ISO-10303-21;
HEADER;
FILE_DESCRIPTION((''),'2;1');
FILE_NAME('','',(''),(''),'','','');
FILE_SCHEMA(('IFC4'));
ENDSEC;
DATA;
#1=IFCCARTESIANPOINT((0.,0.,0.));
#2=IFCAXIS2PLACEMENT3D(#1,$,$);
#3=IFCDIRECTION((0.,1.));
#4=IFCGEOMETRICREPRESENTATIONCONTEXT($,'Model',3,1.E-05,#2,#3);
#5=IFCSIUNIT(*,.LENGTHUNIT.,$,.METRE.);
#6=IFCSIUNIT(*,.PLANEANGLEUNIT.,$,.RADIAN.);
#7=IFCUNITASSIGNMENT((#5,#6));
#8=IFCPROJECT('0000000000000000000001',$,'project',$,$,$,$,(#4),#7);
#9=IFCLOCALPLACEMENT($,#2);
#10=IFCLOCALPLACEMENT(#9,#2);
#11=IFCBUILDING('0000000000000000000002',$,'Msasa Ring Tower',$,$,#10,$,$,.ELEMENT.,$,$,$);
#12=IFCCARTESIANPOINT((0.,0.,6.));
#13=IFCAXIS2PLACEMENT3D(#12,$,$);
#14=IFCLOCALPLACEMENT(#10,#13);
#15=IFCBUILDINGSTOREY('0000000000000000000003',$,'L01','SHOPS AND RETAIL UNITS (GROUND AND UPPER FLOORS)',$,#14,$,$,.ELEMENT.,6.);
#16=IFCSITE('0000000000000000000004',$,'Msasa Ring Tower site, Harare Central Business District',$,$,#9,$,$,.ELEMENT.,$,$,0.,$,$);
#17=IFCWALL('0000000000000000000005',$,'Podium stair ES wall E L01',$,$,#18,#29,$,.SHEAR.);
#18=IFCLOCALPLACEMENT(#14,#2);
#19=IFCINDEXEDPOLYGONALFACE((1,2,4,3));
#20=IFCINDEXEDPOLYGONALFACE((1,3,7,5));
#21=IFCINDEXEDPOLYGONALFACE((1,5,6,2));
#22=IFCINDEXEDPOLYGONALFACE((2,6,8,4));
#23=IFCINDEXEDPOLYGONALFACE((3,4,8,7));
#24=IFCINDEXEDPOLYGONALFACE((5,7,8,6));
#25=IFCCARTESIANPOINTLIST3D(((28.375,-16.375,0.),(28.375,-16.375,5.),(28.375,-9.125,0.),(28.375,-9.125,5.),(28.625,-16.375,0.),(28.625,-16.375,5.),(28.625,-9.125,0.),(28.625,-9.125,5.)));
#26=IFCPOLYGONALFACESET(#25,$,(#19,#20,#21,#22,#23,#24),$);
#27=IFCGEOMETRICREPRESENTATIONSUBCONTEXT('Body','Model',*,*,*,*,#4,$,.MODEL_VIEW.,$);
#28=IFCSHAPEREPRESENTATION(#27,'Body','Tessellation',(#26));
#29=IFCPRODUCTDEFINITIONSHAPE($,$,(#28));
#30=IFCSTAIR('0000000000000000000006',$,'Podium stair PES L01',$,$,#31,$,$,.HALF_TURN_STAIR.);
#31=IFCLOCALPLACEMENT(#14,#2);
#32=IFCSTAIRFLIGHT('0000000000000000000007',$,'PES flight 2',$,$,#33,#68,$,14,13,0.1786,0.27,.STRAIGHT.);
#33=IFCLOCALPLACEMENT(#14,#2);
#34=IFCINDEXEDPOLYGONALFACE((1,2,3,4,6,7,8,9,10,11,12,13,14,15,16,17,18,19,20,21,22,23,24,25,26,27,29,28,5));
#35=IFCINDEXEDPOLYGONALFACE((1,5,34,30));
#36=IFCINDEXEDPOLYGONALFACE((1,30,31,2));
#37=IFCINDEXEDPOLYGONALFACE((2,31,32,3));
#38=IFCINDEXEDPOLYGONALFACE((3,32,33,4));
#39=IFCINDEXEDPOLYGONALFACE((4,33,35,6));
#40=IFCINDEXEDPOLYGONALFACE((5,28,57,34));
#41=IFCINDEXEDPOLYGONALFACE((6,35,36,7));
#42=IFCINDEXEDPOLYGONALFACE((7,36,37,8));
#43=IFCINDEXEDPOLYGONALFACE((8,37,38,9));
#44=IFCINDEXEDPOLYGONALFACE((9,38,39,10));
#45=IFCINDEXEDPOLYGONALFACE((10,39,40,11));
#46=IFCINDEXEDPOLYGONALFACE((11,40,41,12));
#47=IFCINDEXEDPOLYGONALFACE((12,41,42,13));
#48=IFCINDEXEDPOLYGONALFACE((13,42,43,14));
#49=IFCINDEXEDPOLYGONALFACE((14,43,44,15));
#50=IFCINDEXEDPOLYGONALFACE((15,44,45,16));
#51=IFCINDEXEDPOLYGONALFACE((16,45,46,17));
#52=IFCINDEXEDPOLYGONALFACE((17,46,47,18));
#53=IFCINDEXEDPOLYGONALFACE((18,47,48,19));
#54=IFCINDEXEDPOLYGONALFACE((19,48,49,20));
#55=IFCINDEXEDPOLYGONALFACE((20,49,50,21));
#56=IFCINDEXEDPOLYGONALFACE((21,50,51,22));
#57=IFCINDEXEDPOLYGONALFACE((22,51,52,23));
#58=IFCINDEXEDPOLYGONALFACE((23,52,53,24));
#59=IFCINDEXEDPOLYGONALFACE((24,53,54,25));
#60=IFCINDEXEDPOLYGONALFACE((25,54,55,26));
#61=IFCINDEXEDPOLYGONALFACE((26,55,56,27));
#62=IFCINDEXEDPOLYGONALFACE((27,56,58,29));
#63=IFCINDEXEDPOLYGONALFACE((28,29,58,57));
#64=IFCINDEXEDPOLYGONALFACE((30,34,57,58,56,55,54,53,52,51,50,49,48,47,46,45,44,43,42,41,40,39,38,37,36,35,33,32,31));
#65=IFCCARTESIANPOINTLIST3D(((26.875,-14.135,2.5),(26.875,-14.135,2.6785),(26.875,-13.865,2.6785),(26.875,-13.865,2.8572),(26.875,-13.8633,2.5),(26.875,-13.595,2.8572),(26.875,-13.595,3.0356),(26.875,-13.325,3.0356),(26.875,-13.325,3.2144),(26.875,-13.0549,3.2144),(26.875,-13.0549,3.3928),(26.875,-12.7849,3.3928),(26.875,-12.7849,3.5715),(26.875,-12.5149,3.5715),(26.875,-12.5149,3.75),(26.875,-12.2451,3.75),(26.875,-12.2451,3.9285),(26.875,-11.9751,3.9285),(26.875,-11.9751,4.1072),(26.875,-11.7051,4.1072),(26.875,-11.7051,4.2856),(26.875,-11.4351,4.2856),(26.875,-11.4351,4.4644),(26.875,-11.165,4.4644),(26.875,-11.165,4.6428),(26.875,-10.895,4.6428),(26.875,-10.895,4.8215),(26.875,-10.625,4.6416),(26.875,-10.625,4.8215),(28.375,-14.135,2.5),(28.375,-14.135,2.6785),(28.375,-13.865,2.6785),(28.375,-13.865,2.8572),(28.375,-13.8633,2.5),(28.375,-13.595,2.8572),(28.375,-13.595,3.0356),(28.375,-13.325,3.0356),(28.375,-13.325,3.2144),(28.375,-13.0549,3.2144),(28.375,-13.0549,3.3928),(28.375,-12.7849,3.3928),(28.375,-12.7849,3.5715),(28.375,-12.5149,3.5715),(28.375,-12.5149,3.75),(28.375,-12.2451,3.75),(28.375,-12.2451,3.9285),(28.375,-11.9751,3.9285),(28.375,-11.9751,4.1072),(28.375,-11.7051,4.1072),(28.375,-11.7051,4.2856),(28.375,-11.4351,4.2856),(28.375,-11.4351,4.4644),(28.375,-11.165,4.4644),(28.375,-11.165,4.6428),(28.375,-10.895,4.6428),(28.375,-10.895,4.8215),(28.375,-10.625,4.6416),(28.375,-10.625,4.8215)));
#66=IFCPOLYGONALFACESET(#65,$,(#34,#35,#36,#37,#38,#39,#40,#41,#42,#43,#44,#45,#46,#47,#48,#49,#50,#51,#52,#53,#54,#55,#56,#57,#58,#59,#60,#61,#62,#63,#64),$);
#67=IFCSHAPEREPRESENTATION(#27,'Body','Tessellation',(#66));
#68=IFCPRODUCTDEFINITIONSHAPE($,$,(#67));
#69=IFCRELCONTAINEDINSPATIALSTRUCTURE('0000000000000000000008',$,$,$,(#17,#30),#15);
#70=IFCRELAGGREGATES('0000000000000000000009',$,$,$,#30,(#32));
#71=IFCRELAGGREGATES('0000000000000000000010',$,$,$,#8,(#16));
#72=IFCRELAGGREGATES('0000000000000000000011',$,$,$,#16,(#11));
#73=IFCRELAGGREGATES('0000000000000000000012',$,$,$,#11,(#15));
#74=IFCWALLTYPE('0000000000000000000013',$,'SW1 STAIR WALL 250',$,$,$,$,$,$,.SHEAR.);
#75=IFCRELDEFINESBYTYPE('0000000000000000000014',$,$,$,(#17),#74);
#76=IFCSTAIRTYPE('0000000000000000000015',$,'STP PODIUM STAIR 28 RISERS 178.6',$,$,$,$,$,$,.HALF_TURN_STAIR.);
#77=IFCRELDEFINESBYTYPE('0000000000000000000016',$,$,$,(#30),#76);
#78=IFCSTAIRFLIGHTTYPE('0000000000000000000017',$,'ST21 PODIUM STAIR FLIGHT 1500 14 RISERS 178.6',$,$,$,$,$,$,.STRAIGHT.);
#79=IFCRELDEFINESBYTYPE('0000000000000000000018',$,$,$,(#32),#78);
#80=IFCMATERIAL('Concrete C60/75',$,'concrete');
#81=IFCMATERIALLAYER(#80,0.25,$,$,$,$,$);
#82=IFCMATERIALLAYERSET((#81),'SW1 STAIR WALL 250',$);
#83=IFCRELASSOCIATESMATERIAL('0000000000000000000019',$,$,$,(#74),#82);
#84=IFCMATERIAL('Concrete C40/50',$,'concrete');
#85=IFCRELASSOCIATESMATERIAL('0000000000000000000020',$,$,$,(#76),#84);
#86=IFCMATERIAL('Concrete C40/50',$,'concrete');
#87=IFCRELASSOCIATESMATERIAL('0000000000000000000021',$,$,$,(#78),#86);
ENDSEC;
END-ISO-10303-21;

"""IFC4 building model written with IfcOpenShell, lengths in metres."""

from ifc_helpers import new_model, si_unit, direction, frame, frame_2d, origin, place, context, subcontext, project, spatial, polyline, rectangle, outline, extrude, material, layer, layer_set, type_object, element, aggregate, save


model = new_model("IFC4")

# Units and contexts
model_context = context("Model", 3, precision=1e-05, world=origin(), true_north=direction((0.0, 1.0)))
body_context = subcontext(model_context, "Body", "Model", "MODEL_VIEW")
ifc_project = project(units=[si_unit("LENGTHUNIT", "METRE"), si_unit("PLANEANGLEUNIT", "RADIAN")], contexts=[model_context])

# Site, building, storey
site_placement = place(None, origin())
site = spatial("IfcSite", under=ifc_project, at=site_placement, Name="Msasa Ring Tower site, Harare Central Business District", CompositionType="ELEMENT", RefElevation=0.0)
building_placement = place(site_placement, origin())
building = spatial("IfcBuilding", under=site, at=building_placement, Name="Msasa Ring Tower", CompositionType="ELEMENT")
storey_placement = place(building_placement, frame((0.0, 0.0, 6.0)))
storey = spatial("IfcBuildingStorey", under=building, at=storey_placement, Name="L01", Description="SHOPS AND RETAIL UNITS (GROUND AND UPPER FLOORS)", CompositionType="ELEMENT", Elevation=6.0)

# Wall
ifc_material_1 = material(Name="Concrete C60/75", Category="concrete")
ifc_layer_1 = layer(ifc_material_1, 0.25)
ifc_layer_set_1 = layer_set([ifc_layer_1], Name="SW1 STAIR WALL 250")
wall_type_1 = type_object("IfcWallType", Name="SW1 STAIR WALL 250", PredefinedType="SHEAR", material=ifc_layer_set_1)
for number, where, z_axis, x_axis, name in (
    (1, (28.5, -16.375, 0.0), (0.0, 0.0, 1.0), (0.0, 1.0, 0.0), "Podium stair ES wall E L01"),
):
    element("IfcWall", number, at=place(storey_placement, frame(where, z_axis=z_axis, x_axis=x_axis)), inside=storey, type_object=wall_type_1, Name=name, PredefinedType="SHEAR", context=body_context, shape_type="SweptSolid", body=[
        extrude(rectangle(XDim=7.25, YDim=0.25, at=frame_2d((3.625, 0.0))), origin(), (0.0, 0.0, 1.0), 5.0),
    ])

# Stair, stair flight
ifc_material_2 = material(Name="Concrete C40/50", Category="concrete")
stair_type = type_object("IfcStairType", Name="STP PODIUM STAIR 28 RISERS 178.6", PredefinedType="HALF_TURN_STAIR", material=ifc_material_2)
stair_placement = place(storey_placement, origin())
stair = element("IfcStair", 2, at=stair_placement, inside=storey, type_object=stair_type, Name="Podium stair PES L01", PredefinedType="HALF_TURN_STAIR")
ifc_material_3 = material(Name="Concrete C40/50", Category="concrete")
stair_flight_type = type_object("IfcStairFlightType", Name="ST21 PODIUM STAIR FLIGHT 1500 14 RISERS 178.6", PredefinedType="STRAIGHT", material=ifc_material_3)
stair_flight_placement = place(storey_placement, frame((27.625, -14.135, 2.5), z_axis=(0.0, 0.0, 1.0), x_axis=(0.0, 1.0, 0.0)))
stair_flight = element("IfcStairFlight", 3, at=stair_flight_placement, type_object=stair_flight_type, Name="PES flight 2", NumberOfRisers=14, NumberOfTreads=13, PredefinedType="STRAIGHT", RiserHeight=0.1786, TreadLength=0.27, context=body_context, shape_type="SweptSolid", body=[
    extrude(outline(polyline([(0.0, 0.0), (0.0, 0.1785), (0.27, 0.1785), (0.27, 0.3572), (0.54, 0.3572), (0.54, 0.5356), (0.8101, 0.5356), (0.8101, 0.7144), (1.0801, 0.7144), (1.0801, 0.8928), (1.3501, 0.8928), (1.3501, 1.0715), (1.6201, 1.0715), (1.6201, 1.25), (1.8899, 1.25), (1.8899, 1.4285), (2.1599, 1.4285), (2.1599, 1.6072), (2.4299, 1.6072), (2.4299, 1.7856), (2.7, 1.7856), (2.7, 1.9644), (2.97, 1.9644), (2.97, 2.1428), (3.24, 2.1428), (3.24, 2.3215), (3.51, 2.3215), (3.51, 2.5), (3.51, 2.1416), (0.2717, 0.0), (0.0, 0.0)])), frame((0.0, 0.75, 0.0), z_axis=(0.0, -1.0, 0.0), x_axis=(1.0, 0.0, 0.0)), (0.0, 0.0, 1.0), 1.5),
])
aggregate(stair, [stair_flight])

save(model, "model.ifc")
